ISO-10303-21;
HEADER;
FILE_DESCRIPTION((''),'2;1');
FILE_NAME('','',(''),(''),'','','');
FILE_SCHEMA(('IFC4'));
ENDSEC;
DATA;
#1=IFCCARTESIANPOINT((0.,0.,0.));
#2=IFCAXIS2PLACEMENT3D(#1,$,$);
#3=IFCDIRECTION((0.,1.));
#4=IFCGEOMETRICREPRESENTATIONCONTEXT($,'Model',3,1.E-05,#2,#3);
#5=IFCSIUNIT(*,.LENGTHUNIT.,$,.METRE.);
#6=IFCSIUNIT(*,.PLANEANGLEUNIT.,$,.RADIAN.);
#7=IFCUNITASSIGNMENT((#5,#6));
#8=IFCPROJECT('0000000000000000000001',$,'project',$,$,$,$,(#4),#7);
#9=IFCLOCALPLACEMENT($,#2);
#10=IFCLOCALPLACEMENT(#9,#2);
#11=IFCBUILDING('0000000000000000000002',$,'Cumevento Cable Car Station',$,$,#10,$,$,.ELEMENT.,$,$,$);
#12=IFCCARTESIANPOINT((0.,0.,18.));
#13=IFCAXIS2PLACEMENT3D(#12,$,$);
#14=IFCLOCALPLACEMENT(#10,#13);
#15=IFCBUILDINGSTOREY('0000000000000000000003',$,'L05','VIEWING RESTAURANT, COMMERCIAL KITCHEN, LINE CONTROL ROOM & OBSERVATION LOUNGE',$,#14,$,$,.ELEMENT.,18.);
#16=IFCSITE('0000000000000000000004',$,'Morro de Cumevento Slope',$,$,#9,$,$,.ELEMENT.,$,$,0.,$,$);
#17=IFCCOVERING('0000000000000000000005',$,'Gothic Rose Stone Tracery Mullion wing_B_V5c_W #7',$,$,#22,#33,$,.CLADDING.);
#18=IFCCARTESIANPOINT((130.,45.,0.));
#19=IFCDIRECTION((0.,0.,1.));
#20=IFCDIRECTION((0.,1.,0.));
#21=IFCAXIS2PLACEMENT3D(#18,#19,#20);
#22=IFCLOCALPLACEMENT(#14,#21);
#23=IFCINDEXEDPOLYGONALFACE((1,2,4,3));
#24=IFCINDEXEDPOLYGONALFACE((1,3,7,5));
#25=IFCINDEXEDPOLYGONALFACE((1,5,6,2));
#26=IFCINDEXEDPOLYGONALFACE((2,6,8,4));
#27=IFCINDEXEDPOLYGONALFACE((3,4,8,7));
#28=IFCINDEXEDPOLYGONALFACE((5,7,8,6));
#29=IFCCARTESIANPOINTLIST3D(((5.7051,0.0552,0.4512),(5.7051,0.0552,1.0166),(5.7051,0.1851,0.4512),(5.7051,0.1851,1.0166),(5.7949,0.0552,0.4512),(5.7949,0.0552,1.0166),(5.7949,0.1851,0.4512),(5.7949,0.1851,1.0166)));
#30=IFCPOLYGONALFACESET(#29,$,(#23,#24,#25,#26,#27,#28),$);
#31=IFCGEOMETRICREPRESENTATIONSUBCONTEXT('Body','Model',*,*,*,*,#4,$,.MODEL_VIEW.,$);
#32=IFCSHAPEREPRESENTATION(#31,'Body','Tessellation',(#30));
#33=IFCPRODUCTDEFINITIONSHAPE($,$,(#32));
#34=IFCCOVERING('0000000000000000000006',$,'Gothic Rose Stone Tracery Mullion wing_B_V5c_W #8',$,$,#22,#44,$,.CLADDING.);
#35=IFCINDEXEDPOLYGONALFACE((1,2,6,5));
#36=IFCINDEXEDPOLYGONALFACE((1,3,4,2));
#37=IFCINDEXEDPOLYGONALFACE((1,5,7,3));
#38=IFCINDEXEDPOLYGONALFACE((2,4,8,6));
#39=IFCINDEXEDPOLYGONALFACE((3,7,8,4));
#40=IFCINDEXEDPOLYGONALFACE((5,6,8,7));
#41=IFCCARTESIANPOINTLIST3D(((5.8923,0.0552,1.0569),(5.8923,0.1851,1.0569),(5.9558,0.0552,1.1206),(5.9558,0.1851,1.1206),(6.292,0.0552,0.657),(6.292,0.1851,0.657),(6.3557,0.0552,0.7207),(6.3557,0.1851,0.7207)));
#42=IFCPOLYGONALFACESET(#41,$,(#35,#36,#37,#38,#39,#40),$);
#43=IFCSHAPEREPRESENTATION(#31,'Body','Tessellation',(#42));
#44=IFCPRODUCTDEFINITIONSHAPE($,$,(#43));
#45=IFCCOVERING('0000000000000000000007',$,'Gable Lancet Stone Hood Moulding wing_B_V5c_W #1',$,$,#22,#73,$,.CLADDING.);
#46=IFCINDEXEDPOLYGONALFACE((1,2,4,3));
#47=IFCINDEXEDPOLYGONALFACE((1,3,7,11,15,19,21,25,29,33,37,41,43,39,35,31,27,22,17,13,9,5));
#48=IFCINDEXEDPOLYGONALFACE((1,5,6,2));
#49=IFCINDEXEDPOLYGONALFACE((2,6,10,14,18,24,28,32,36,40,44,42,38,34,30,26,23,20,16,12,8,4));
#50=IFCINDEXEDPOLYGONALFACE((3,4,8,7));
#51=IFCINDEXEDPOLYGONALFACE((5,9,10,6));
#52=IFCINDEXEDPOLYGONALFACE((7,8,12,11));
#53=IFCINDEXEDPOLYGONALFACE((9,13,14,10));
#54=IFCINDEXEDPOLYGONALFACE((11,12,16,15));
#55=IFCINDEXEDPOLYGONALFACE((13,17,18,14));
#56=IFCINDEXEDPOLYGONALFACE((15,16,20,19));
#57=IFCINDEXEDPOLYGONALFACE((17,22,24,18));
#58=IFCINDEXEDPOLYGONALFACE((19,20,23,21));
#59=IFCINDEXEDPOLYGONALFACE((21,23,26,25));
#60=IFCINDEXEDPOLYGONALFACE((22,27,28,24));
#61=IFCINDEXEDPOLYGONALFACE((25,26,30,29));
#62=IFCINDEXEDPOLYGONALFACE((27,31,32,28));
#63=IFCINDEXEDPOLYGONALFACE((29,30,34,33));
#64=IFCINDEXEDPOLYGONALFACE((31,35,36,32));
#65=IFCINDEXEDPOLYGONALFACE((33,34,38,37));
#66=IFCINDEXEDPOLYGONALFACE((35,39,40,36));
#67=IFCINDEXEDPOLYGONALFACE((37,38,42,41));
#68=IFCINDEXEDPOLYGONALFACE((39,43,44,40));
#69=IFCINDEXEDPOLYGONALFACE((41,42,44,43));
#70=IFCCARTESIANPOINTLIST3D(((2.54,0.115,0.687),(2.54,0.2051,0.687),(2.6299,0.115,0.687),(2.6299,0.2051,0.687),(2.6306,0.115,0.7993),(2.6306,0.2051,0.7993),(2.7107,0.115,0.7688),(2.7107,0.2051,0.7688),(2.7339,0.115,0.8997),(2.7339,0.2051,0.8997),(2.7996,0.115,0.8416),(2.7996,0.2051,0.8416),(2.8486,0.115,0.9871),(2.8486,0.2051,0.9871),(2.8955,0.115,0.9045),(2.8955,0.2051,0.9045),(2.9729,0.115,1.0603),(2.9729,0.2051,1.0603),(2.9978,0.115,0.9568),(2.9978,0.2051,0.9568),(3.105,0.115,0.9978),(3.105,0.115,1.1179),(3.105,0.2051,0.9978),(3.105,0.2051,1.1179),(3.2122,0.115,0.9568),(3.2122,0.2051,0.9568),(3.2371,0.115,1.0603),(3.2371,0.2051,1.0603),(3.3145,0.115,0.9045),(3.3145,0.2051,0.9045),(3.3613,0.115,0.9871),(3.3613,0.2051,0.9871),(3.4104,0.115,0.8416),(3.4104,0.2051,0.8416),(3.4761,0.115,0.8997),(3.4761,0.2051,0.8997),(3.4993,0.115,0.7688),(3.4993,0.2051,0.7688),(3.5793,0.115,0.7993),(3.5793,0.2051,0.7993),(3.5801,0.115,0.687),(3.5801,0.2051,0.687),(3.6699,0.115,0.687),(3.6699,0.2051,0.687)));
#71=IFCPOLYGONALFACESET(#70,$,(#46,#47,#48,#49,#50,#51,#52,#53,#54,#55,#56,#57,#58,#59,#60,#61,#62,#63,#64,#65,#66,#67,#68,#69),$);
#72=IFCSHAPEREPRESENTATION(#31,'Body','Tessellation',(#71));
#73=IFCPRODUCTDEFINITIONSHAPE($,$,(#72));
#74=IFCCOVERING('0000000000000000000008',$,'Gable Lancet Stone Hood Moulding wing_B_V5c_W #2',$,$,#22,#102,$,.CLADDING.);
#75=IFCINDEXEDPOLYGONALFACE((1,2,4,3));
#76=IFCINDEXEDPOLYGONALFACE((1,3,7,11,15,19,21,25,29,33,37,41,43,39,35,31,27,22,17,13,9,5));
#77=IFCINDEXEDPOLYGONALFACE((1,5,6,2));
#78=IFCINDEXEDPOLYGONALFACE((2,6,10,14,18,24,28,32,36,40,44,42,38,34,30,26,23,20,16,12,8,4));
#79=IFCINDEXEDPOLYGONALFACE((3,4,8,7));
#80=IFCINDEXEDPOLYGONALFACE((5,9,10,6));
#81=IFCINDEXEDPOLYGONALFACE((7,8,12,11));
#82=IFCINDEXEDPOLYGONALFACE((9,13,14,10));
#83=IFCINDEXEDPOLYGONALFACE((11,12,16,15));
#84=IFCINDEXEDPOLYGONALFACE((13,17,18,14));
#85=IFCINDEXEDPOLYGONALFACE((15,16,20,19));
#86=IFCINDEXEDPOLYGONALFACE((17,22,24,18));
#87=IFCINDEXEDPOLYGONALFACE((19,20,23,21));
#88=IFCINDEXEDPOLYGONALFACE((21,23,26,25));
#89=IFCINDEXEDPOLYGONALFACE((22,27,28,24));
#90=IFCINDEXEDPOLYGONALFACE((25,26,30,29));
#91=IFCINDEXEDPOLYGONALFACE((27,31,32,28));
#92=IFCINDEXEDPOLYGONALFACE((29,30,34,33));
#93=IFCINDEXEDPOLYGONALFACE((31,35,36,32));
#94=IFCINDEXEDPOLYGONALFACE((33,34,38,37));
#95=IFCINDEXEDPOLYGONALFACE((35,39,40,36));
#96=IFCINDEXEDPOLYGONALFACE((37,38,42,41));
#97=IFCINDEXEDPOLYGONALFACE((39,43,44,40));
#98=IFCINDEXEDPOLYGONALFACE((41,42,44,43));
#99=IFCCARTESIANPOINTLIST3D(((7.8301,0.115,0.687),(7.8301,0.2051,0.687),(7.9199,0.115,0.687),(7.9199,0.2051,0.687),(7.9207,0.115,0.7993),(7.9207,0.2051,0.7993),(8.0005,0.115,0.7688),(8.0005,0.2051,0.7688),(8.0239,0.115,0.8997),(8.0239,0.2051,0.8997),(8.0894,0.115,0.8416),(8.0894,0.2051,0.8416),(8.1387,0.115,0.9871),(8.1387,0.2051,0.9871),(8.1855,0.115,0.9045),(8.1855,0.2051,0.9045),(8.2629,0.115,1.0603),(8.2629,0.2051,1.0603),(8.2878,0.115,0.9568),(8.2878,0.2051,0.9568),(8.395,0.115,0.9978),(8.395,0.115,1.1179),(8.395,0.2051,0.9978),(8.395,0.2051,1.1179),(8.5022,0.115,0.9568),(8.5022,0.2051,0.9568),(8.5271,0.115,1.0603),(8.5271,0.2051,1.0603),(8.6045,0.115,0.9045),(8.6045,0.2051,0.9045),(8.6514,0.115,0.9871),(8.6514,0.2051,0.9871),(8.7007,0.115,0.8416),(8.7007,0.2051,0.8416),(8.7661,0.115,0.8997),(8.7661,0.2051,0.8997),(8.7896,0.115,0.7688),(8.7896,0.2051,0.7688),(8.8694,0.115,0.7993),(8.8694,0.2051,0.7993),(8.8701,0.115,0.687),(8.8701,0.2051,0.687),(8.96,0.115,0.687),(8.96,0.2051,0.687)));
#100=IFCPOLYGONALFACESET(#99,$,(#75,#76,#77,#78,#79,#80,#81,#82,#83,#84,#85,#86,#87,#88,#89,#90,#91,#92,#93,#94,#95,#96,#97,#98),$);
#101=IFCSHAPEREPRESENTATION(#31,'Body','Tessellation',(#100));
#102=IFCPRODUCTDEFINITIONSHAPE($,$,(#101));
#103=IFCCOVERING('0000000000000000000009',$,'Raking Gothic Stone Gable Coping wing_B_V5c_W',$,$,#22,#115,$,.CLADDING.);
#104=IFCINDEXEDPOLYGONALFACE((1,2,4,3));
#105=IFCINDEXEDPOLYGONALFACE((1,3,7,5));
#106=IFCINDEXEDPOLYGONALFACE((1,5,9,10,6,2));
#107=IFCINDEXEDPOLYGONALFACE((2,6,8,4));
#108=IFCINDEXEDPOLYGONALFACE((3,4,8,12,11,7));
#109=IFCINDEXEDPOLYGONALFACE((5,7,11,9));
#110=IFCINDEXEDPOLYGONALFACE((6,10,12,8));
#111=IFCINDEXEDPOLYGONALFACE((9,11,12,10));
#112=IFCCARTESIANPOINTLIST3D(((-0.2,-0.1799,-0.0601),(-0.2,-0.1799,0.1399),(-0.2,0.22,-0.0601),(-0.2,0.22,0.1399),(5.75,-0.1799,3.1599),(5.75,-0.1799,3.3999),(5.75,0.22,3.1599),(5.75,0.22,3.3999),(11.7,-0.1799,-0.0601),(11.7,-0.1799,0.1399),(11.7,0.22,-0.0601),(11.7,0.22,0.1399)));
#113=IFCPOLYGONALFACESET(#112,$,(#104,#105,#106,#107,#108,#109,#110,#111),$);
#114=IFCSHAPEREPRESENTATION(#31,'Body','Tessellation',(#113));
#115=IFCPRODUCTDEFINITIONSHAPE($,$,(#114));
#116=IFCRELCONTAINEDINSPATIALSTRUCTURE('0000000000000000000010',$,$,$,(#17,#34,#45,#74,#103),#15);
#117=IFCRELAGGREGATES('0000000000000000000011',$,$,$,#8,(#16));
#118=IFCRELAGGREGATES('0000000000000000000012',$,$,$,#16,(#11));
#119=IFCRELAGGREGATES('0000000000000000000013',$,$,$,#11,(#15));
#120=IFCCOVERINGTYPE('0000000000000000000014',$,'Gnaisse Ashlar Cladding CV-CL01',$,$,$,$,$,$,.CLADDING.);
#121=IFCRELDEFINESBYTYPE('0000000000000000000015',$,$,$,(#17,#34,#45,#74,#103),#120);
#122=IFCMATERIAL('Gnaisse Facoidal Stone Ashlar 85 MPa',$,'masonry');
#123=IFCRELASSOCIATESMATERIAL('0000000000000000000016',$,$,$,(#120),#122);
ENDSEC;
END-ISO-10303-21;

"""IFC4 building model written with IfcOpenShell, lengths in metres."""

from ifc_helpers import new_model, si_unit, direction, frame, origin, place, context, subcontext, project, spatial, polyline, outline, extrude, material, type_object, element, save


model = new_model("IFC4")

# Units and contexts
model_context = context("Model", 3, precision=1e-05, world=origin(), true_north=direction((0.0, 1.0)))
body_context = subcontext(model_context, "Body", "Model", "MODEL_VIEW")
ifc_project = project(units=[si_unit("LENGTHUNIT", "METRE"), si_unit("PLANEANGLEUNIT", "RADIAN")], contexts=[model_context])

# Site, building, storey
site_placement = place(None, origin())
site = spatial("IfcSite", under=ifc_project, at=site_placement, Name="Morro de Cumevento Slope", CompositionType="ELEMENT", RefElevation=0.0)
building_placement = place(site_placement, origin())
building = spatial("IfcBuilding", under=site, at=building_placement, Name="Cumevento Cable Car Station", CompositionType="ELEMENT")
storey_placement = place(building_placement, frame((0.0, 0.0, 18.0)))
storey = spatial("IfcBuildingStorey", under=building, at=storey_placement, Name="L05", Description="VIEWING RESTAURANT, COMMERCIAL KITCHEN, LINE CONTROL ROOM & OBSERVATION LOUNGE", CompositionType="ELEMENT", Elevation=18.0)

# Coverings
ifc_material_1 = material(Name="Gnaisse Facoidal Stone Ashlar 85 MPa", Category="masonry")
covering_type_1 = type_object("IfcCoveringType", Name="Gnaisse Ashlar Cladding CV-CL01", PredefinedType="CLADDING", material=ifc_material_1)
placement = place(storey_placement, frame((130.0, 45.0, 0.0), z_axis=(0.0, 0.0, 1.0), x_axis=(0.0, 1.0, 0.0)))
element("IfcCovering", 1, at=placement, inside=storey, type_object=covering_type_1, Name="Gothic Rose Stone Tracery Mullion wing_B_V5c_W #7", PredefinedType="CLADDING", context=body_context, shape_type="SweptSolid", body=[
    extrude(outline(polyline([(5.7949, 1.0166), (5.7949, 0.4512), (5.7051, 0.4512), (5.7051, 1.0166), (5.7949, 1.0166)])), frame((0.0, 0.1851, 0.0), z_axis=(0.0, -1.0, 0.0), x_axis=(1.0, 0.0, 0.0)), (0.0, 0.0, 1.0), 0.1299),
])
element("IfcCovering", 2, at=placement, inside=storey, type_object=covering_type_1, Name="Gothic Rose Stone Tracery Mullion wing_B_V5c_W #8", PredefinedType="CLADDING", context=body_context, shape_type="SweptSolid", body=[
    extrude(outline(polyline([(5.9558, 1.1206), (6.3557, 0.7207), (6.292, 0.657), (5.8923, 1.0569), (5.9558, 1.1206)])), frame((0.0, 0.1851, 0.0), z_axis=(0.0, -1.0, 0.0), x_axis=(1.0, 0.0, 0.0)), (0.0, 0.0, 1.0), 0.1299),
])
element("IfcCovering", 3, at=placement, inside=storey, type_object=covering_type_1, Name="Gable Lancet Stone Hood Moulding wing_B_V5c_W #1", PredefinedType="CLADDING", context=body_context, shape_type="SweptSolid", body=[
    extrude(outline(polyline([(2.6299, 0.687), (2.7107, 0.7688), (2.7996, 0.8416), (2.8955, 0.9045), (2.9978, 0.9568), (3.105, 0.9978), (3.2122, 0.9568), (3.3145, 0.9045), (3.4104, 0.8416), (3.4993, 0.7688), (3.5801, 0.687), (3.6699, 0.687), (3.5793, 0.7993), (3.4761, 0.8997), (3.3613, 0.9871), (3.2371, 1.0603), (3.105, 1.1179), (2.9729, 1.0603), (2.8486, 0.9871), (2.7339, 0.8997), (2.6306, 0.7993), (2.54, 0.687), (2.6299, 0.687)])), frame((0.0, 0.2051, 0.0), z_axis=(0.0, -1.0, 0.0), x_axis=(1.0, 0.0, 0.0)), (0.0, 0.0, 1.0), 0.0901),
])
element("IfcCovering", 4, at=placement, inside=storey, type_object=covering_type_1, Name="Gable Lancet Stone Hood Moulding wing_B_V5c_W #2", PredefinedType="CLADDING", context=body_context, shape_type="SweptSolid", body=[
    extrude(outline(polyline([(7.9199, 0.687), (8.0005, 0.7688), (8.0894, 0.8416), (8.1855, 0.9045), (8.2878, 0.9568), (8.395, 0.9978), (8.5022, 0.9568), (8.6045, 0.9045), (8.7007, 0.8416), (8.7896, 0.7688), (8.8701, 0.687), (8.96, 0.687), (8.8694, 0.7993), (8.7661, 0.8997), (8.6514, 0.9871), (8.5271, 1.0603), (8.395, 1.1179), (8.2629, 1.0603), (8.1387, 0.9871), (8.0239, 0.8997), (7.9207, 0.7993), (7.8301, 0.687), (7.9199, 0.687)])), frame((0.0, 0.2051, 0.0), z_axis=(0.0, -1.0, 0.0), x_axis=(1.0, 0.0, 0.0)), (0.0, 0.0, 1.0), 0.0901),
])
element("IfcCovering", 5, at=placement, inside=storey, type_object=covering_type_1, Name="Raking Gothic Stone Gable Coping wing_B_V5c_W", PredefinedType="CLADDING", context=body_context, shape_type="SweptSolid", body=[
    extrude(outline(polyline([(-0.2, -0.0601), (5.75, 3.1599), (11.7, -0.0601), (11.7, 0.1399), (5.75, 3.3999), (-0.2, 0.1399), (-0.2, -0.0601)])), frame((0.0, 0.22, 0.0), z_axis=(0.0, -1.0, 0.0), x_axis=(1.0, 0.0, 0.0)), (0.0, 0.0, 1.0), 0.3999),
])

save(model, "model.ifc")
